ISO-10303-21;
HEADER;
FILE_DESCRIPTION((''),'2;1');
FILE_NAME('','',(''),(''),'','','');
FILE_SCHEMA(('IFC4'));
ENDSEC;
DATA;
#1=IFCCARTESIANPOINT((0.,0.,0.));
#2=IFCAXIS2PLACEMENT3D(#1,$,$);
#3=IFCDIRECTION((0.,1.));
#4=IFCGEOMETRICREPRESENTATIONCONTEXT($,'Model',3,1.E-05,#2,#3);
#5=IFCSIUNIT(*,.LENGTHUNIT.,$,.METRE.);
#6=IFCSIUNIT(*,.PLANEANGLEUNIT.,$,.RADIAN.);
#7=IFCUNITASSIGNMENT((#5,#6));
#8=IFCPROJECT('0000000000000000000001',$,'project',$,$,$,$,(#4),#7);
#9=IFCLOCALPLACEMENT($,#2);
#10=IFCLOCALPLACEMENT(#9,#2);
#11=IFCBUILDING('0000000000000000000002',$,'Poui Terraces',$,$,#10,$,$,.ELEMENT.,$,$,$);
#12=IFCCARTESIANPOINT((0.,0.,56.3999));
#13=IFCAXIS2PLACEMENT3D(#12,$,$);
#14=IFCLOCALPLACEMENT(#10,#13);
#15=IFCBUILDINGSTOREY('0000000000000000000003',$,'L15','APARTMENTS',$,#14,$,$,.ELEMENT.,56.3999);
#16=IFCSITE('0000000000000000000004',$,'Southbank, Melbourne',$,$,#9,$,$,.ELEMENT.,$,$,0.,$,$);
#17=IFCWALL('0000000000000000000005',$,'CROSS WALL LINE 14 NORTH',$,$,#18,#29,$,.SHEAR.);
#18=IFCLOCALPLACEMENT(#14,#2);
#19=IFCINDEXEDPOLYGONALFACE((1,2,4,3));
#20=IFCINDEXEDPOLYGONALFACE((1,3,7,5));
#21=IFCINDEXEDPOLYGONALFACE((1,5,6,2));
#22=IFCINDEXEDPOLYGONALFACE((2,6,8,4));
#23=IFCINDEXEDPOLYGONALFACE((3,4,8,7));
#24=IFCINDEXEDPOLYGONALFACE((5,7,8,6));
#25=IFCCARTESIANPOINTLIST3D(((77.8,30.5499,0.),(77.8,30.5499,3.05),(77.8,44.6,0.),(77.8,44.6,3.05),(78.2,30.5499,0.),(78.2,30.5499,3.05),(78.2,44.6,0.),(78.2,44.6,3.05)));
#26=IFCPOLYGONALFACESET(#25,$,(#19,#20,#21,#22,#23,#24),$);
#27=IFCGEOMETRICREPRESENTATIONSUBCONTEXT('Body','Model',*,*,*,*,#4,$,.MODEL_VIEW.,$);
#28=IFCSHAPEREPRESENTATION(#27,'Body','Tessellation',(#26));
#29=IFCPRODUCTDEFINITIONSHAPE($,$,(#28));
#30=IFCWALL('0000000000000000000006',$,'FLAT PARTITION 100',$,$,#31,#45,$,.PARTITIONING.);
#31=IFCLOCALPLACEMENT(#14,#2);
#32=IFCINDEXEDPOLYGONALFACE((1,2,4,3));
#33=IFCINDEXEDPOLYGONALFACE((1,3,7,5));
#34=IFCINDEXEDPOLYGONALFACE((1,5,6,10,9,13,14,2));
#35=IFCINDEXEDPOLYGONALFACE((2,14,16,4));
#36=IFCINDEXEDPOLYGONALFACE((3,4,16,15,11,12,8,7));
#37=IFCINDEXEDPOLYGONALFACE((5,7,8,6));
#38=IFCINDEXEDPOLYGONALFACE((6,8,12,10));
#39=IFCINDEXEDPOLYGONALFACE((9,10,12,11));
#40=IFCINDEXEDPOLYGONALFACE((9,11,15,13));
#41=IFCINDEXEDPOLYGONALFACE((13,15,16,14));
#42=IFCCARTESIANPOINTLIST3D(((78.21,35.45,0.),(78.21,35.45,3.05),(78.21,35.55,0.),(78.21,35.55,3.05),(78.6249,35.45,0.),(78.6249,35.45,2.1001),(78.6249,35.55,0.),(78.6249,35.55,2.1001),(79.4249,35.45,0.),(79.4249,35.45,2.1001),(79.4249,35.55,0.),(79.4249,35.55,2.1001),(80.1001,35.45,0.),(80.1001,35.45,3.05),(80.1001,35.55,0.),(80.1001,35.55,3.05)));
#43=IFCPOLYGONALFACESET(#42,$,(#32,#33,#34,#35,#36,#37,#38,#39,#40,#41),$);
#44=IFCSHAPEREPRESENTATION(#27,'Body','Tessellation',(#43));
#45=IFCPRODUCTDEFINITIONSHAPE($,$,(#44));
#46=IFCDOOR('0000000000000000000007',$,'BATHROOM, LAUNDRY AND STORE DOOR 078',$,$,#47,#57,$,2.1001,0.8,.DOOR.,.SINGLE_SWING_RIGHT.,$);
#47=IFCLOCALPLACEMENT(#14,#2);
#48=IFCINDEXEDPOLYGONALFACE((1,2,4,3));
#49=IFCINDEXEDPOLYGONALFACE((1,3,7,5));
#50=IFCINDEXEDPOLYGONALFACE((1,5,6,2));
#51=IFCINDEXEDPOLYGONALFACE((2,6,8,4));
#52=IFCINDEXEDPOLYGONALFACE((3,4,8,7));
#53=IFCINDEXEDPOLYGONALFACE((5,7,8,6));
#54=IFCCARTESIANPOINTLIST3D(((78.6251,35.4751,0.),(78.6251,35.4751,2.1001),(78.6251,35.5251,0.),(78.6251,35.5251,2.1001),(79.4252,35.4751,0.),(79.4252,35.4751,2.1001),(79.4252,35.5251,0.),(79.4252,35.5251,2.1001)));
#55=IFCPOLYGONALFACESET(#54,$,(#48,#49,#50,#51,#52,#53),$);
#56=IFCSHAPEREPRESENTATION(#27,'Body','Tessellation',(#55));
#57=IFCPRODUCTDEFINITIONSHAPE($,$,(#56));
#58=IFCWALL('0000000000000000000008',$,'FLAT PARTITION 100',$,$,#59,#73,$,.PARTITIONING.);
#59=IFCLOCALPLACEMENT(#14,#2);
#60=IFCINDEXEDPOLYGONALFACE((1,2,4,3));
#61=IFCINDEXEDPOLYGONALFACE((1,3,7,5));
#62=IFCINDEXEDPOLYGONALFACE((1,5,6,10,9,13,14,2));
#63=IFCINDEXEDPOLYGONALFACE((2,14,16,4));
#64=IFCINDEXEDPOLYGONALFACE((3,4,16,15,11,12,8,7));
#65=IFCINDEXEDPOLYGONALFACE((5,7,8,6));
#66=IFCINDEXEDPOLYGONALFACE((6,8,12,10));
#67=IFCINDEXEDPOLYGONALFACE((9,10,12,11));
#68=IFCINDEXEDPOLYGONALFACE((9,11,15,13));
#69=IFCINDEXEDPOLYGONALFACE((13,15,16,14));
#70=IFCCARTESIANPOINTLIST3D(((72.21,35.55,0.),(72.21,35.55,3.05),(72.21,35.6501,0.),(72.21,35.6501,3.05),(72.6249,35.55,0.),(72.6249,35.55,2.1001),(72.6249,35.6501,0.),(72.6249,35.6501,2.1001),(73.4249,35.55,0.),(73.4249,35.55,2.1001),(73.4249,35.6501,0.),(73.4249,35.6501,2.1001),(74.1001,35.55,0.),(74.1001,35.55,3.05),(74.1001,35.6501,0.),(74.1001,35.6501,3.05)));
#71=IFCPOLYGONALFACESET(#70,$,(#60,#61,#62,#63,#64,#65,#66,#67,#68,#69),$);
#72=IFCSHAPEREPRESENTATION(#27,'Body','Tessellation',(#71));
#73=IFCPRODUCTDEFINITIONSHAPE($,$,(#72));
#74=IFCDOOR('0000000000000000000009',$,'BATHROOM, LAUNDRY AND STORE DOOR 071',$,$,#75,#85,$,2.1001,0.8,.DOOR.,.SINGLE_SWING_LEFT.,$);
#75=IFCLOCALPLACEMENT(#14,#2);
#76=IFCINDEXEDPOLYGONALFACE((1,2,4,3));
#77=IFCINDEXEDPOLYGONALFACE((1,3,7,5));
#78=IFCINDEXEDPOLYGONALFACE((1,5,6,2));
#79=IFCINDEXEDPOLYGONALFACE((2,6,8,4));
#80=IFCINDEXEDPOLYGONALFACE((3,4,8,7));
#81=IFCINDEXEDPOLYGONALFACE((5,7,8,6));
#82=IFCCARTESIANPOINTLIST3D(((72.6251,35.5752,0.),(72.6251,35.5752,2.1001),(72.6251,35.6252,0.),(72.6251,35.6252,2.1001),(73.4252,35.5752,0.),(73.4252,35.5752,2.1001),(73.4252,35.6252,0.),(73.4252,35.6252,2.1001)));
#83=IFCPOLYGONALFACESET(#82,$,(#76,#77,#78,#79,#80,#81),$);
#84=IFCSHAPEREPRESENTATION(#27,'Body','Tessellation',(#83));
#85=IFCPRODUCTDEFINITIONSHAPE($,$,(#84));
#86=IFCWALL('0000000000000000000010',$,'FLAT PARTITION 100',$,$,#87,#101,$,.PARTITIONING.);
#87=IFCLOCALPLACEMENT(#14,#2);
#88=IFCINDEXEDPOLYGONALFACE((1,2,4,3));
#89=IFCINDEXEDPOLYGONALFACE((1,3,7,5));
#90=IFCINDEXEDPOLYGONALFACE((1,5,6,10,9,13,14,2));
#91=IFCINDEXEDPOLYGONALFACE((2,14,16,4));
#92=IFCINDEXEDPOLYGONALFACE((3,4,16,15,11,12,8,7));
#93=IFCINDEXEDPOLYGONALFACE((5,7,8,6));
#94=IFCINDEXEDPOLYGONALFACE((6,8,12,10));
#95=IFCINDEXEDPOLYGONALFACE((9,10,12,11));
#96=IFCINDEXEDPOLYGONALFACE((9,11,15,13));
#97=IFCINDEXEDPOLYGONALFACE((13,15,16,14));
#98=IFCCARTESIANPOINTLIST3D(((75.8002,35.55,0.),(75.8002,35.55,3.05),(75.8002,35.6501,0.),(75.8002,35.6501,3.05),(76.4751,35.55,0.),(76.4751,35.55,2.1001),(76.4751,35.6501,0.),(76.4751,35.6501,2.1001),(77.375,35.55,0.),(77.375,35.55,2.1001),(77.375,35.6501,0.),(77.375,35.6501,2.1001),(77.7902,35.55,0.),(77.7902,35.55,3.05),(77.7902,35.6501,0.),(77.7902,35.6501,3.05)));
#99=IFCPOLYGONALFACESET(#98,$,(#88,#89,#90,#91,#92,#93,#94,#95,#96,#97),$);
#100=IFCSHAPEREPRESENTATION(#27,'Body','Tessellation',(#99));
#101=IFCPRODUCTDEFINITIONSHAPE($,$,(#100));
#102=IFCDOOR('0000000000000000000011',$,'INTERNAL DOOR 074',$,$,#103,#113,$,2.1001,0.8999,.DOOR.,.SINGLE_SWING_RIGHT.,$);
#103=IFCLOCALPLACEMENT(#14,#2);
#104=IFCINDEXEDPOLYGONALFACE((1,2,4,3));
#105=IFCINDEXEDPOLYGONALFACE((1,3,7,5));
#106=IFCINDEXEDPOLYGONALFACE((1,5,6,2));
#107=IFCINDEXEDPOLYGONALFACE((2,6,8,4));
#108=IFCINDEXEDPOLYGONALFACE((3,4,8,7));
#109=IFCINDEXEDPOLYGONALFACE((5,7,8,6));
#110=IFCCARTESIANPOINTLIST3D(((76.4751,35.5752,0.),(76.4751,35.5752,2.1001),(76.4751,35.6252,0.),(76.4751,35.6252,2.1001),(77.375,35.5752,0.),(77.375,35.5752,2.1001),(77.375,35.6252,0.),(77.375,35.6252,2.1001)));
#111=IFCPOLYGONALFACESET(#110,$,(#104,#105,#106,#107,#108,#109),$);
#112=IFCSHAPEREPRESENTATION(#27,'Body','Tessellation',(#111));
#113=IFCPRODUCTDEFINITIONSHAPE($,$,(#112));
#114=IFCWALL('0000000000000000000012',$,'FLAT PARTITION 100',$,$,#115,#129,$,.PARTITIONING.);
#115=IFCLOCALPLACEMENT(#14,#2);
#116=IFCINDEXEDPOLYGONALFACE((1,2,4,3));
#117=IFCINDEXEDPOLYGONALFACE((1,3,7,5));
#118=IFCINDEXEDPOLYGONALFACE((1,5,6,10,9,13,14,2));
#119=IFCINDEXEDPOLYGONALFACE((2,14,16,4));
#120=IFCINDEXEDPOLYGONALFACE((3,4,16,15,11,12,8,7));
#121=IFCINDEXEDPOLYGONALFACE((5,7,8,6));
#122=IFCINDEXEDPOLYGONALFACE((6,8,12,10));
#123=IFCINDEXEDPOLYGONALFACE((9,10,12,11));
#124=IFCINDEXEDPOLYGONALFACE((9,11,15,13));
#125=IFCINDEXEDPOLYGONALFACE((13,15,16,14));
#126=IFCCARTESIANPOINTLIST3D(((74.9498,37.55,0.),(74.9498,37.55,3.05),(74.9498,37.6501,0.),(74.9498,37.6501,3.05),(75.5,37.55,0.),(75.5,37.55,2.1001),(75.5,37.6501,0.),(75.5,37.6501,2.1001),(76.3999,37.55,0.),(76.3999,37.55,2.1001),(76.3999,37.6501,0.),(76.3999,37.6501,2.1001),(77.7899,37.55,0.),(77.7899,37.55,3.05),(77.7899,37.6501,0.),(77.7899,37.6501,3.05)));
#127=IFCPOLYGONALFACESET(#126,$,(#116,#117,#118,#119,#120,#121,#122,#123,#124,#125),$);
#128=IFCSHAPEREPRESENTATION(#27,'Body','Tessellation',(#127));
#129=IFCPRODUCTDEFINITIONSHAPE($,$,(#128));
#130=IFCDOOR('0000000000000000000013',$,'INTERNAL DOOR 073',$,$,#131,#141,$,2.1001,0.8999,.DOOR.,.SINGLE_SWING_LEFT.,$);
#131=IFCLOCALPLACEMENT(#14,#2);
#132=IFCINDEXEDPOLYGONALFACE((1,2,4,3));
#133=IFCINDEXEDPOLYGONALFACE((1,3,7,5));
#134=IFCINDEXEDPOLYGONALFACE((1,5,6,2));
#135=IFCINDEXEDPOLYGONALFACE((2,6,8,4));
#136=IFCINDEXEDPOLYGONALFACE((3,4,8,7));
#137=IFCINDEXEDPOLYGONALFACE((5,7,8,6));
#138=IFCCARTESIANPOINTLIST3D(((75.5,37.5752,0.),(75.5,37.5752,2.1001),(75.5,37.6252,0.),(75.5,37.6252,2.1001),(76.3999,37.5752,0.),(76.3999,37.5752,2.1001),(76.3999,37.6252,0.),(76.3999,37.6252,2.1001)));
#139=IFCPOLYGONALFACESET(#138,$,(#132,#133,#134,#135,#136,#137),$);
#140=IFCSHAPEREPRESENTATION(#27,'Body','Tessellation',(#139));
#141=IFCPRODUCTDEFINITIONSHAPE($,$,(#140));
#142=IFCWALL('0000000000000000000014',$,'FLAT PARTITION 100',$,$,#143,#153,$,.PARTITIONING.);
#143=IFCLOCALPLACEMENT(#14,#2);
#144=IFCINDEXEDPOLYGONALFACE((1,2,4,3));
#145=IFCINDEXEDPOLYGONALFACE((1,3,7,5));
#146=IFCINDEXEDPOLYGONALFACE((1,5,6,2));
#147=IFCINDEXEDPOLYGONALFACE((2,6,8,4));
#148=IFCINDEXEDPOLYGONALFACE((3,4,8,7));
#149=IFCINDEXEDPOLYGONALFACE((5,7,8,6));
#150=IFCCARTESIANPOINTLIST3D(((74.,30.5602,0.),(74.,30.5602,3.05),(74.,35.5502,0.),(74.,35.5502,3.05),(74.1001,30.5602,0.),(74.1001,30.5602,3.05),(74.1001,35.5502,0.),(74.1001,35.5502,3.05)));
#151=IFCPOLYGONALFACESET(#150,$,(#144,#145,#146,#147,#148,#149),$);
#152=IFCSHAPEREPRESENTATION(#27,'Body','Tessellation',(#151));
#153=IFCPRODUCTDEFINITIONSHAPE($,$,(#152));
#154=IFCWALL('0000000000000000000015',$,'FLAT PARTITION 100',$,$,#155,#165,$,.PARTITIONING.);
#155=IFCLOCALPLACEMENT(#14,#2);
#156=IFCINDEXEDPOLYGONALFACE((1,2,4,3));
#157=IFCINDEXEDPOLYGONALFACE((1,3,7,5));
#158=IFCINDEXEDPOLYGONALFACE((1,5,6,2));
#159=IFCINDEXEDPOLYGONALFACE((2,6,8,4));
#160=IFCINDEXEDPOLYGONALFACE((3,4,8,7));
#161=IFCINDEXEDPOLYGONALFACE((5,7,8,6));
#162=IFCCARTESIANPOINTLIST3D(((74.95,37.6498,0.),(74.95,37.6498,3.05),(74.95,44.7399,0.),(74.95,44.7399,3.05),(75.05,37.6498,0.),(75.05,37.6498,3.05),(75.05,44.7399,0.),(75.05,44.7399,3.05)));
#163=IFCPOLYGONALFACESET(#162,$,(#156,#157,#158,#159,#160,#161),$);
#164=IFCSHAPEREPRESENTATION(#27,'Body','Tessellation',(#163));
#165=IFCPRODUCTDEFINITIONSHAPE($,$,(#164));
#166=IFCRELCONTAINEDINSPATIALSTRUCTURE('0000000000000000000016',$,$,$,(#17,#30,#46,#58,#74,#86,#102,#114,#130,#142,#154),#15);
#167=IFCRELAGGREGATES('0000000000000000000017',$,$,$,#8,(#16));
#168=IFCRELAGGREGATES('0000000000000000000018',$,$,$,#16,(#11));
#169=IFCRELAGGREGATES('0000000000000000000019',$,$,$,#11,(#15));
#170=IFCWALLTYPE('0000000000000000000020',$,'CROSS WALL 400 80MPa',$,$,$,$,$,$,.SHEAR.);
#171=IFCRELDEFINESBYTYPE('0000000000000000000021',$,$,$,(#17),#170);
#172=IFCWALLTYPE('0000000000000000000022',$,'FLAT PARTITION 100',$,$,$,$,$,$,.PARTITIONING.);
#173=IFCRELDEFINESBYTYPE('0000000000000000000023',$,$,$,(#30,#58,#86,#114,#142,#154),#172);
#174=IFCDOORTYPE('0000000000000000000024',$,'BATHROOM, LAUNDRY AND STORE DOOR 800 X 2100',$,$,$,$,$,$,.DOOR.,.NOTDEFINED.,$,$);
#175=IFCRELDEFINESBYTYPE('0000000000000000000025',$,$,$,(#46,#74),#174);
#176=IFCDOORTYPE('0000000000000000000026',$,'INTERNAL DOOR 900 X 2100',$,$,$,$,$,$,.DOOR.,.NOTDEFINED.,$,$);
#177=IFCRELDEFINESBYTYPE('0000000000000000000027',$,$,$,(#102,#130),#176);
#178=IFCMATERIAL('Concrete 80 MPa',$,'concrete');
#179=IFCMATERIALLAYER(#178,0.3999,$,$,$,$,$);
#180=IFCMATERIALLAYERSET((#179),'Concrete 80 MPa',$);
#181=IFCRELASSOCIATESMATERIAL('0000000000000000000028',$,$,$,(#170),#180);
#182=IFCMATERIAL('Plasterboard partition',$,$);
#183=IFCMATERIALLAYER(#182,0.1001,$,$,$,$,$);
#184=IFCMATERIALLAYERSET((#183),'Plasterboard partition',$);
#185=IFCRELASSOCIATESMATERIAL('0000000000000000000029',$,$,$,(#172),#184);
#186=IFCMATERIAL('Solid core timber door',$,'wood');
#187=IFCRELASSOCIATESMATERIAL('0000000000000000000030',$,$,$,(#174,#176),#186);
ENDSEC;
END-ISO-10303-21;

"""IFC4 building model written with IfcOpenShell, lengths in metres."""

from ifc_helpers import new_model, si_unit, direction, frame, frame_2d, origin, place, context, subcontext, project, spatial, rectangle, extrude, material, layer, layer_set, type_object, element, fill, save


model = new_model("IFC4")

# Units and contexts
model_context = context("Model", 3, precision=1e-05, world=origin(), true_north=direction((0.0, 1.0)))
body_context = subcontext(model_context, "Body", "Model", "MODEL_VIEW")
ifc_project = project(units=[si_unit("LENGTHUNIT", "METRE"), si_unit("PLANEANGLEUNIT", "RADIAN")], contexts=[model_context])

# Site, building, storey
site_placement = place(None, origin())
site = spatial("IfcSite", under=ifc_project, at=site_placement, Name="Southbank, Melbourne", CompositionType="ELEMENT", RefElevation=0.0)
building_placement = place(site_placement, origin())
building = spatial("IfcBuilding", under=site, at=building_placement, Name="Poui Terraces", CompositionType="ELEMENT")
storey_placement = place(building_placement, frame((0.0, 0.0, 56.3999)))
storey = spatial("IfcBuildingStorey", under=building, at=storey_placement, Name="L15", Description="APARTMENTS", CompositionType="ELEMENT", Elevation=56.3999)

# Wall
ifc_material_1 = material(Name="Concrete 80 MPa", Category="concrete")
ifc_layer_1 = layer(ifc_material_1, 0.3999)
ifc_layer_set_1 = layer_set([ifc_layer_1], Name="Concrete 80 MPa")
wall_type_1 = type_object("IfcWallType", Name="CROSS WALL 400 80MPa", PredefinedType="SHEAR", material=ifc_layer_set_1)
wall_1_placement = place(storey_placement, frame((78.0, 30.55, 0.0), z_axis=(0.0, 0.0, 1.0), x_axis=(0.0, 1.0, 0.0)))
element("IfcWall", 1, at=wall_1_placement, inside=storey, type_object=wall_type_1, Name="CROSS WALL LINE 14 NORTH", PredefinedType="SHEAR", context=body_context, shape_type="SweptSolid", body=[
    extrude(rectangle(XDim=14.05, YDim=0.3999, at=frame_2d((7.0249, 0.0))), origin(), (0.0, 0.0, 1.0), 3.05),
])

# Walls, openings, doors
ifc_material_2 = material(Name="Plasterboard partition")
ifc_layer_2 = layer(ifc_material_2, 0.1001)
ifc_layer_set_2 = layer_set([ifc_layer_2], Name="Plasterboard partition")
wall_type_2 = type_object("IfcWallType", Name="FLAT PARTITION 100", PredefinedType="PARTITIONING", material=ifc_layer_set_2)
wall_2_placement = place(storey_placement, frame((78.21, 35.5, 0.0), z_axis=(0.0, 0.0, 1.0), x_axis=(1.0, 0.0, 0.0)))
wall_2 = element("IfcWall", 2, at=wall_2_placement, inside=storey, type_object=wall_type_2, Name="FLAT PARTITION 100", PredefinedType="PARTITIONING", context=body_context, shape_type="SweptSolid", body=[
    extrude(rectangle(XDim=1.8901, YDim=0.1001, at=frame_2d((0.9451, 0.0))), origin(), (0.0, 0.0, 1.0), 3.05),
])
opening_1_placement = place(wall_2_placement, frame((0.415, 0.0, 0.0)))
opening_1 = element("IfcOpeningElement", 3, at=opening_1_placement, cuts=wall_2, PredefinedType="OPENING", context=body_context, shape_type="SweptSolid", body=[
    extrude(rectangle(XDim=0.8, YDim=2.1001, at=frame_2d((0.3999, 1.05))), frame((0.0, 0.0601, 0.0), z_axis=(0.0, -1.0, 0.0), x_axis=(1.0, 0.0, 0.0)), (0.0, 0.0, 1.0), 0.1201),
])
ifc_material_3 = material(Name="Solid core timber door", Category="wood")
door_type_1 = type_object("IfcDoorType", Name="BATHROOM, LAUNDRY AND STORE DOOR 800 X 2100", OperationType="NOTDEFINED", PredefinedType="DOOR", material=ifc_material_3)
door_1_placement = place(opening_1_placement, frame((0.8, 0.0, 0.0), z_axis=(0.0, 0.0, 1.0), x_axis=(-1.0, 0.0, 0.0)))
door_1 = element("IfcDoor", 4, at=door_1_placement, inside=storey, type_object=door_type_1, Name="BATHROOM, LAUNDRY AND STORE DOOR 078", OperationType="SINGLE_SWING_RIGHT", OverallHeight=2.1001, OverallWidth=0.8, PredefinedType="DOOR", context=body_context, shape_type="SweptSolid", body=[
    extrude(rectangle(XDim=0.8, YDim=2.1001, at=frame_2d((0.3999, 1.05))), frame((0.0, 0.0249, 0.0), z_axis=(0.0, -1.0, 0.0), x_axis=(1.0, 0.0, 0.0)), (0.0, 0.0, 1.0), 0.05),
])
fill(opening_1, door_1)
wall_3_placement = place(storey_placement, frame((72.21, 35.6001, 0.0), z_axis=(0.0, 0.0, 1.0), x_axis=(1.0, 0.0, 0.0)))
wall_3 = element("IfcWall", 5, at=wall_3_placement, inside=storey, type_object=wall_type_2, Name="FLAT PARTITION 100", PredefinedType="PARTITIONING", context=body_context, shape_type="SweptSolid", body=[
    extrude(rectangle(XDim=1.8901, YDim=0.1001, at=frame_2d((0.9451, 0.0))), origin(), (0.0, 0.0, 1.0), 3.05),
])
opening_2_placement = place(wall_3_placement, frame((0.415, 0.0, 0.0)))
opening_2 = element("IfcOpeningElement", 6, at=opening_2_placement, cuts=wall_3, PredefinedType="OPENING", context=body_context, shape_type="SweptSolid", body=[
    extrude(rectangle(XDim=0.8, YDim=2.1001, at=frame_2d((0.3999, 1.05))), frame((0.0, 0.0601, 0.0), z_axis=(0.0, -1.0, 0.0), x_axis=(1.0, 0.0, 0.0)), (0.0, 0.0, 1.0), 0.1201),
])
door_2_placement = place(opening_2_placement, frame((0.8, 0.0, 0.0), z_axis=(0.0, 0.0, 1.0), x_axis=(-1.0, 0.0, 0.0)))
door_2 = element("IfcDoor", 7, at=door_2_placement, inside=storey, type_object=door_type_1, Name="BATHROOM, LAUNDRY AND STORE DOOR 071", OperationType="SINGLE_SWING_LEFT", OverallHeight=2.1001, OverallWidth=0.8, PredefinedType="DOOR", context=body_context, shape_type="SweptSolid", body=[
    extrude(rectangle(XDim=0.8, YDim=2.1001, at=frame_2d((0.3999, 1.05))), frame((0.0, 0.0249, 0.0), z_axis=(0.0, -1.0, 0.0), x_axis=(1.0, 0.0, 0.0)), (0.0, 0.0, 1.0), 0.05),
])
fill(opening_2, door_2)
wall_4_placement = place(storey_placement, frame((75.8, 35.6001, 0.0), z_axis=(0.0, 0.0, 1.0), x_axis=(1.0, 0.0, 0.0)))
wall_4 = element("IfcWall", 8, at=wall_4_placement, inside=storey, type_object=wall_type_2, Name="FLAT PARTITION 100", PredefinedType="PARTITIONING", context=body_context, shape_type="SweptSolid", body=[
    extrude(rectangle(XDim=1.99, YDim=0.1001, at=frame_2d((0.9951, 0.0))), origin(), (0.0, 0.0, 1.0), 3.05),
])
opening_3_placement = place(wall_4_placement, frame((0.675, 0.0, 0.0)))
opening_3 = element("IfcOpeningElement", 9, at=opening_3_placement, cuts=wall_4, PredefinedType="OPENING", context=body_context, shape_type="SweptSolid", body=[
    extrude(rectangle(XDim=0.8999, YDim=2.1001, at=frame_2d((0.45, 1.05))), frame((0.0, 0.0601, 0.0), z_axis=(0.0, -1.0, 0.0), x_axis=(1.0, 0.0, 0.0)), (0.0, 0.0, 1.0), 0.1201),
])
door_type_2 = type_object("IfcDoorType", Name="INTERNAL DOOR 900 X 2100", OperationType="NOTDEFINED", PredefinedType="DOOR", material=ifc_material_3)
door_3_placement = place(opening_3_placement, frame((0.8999, 0.0, 0.0), z_axis=(0.0, 0.0, 1.0), x_axis=(-1.0, 0.0, 0.0)))
door_3 = element("IfcDoor", 10, at=door_3_placement, inside=storey, type_object=door_type_2, Name="INTERNAL DOOR 074", OperationType="SINGLE_SWING_RIGHT", OverallHeight=2.1001, OverallWidth=0.8999, PredefinedType="DOOR", context=body_context, shape_type="SweptSolid", body=[
    extrude(rectangle(XDim=0.8999, YDim=2.1001, at=frame_2d((0.45, 1.05))), frame((0.0, 0.0249, 0.0), z_axis=(0.0, -1.0, 0.0), x_axis=(1.0, 0.0, 0.0)), (0.0, 0.0, 1.0), 0.05),
])
fill(opening_3, door_3)
wall_5_placement = place(storey_placement, frame((74.95, 37.6001, 0.0), z_axis=(0.0, 0.0, 1.0), x_axis=(1.0, 0.0, 0.0)))
wall_5 = element("IfcWall", 11, at=wall_5_placement, inside=storey, type_object=wall_type_2, Name="FLAT PARTITION 100", PredefinedType="PARTITIONING", context=body_context, shape_type="SweptSolid", body=[
    extrude(rectangle(XDim=2.8401, YDim=0.1001, at=frame_2d((1.4199, 0.0))), origin(), (0.0, 0.0, 1.0), 3.05),
])
opening_4_placement = place(wall_5_placement, frame((0.55, 0.0, 0.0)))
opening_4 = element("IfcOpeningElement", 12, at=opening_4_placement, cuts=wall_5, PredefinedType="OPENING", context=body_context, shape_type="SweptSolid", body=[
    extrude(rectangle(XDim=0.8999, YDim=2.1001, at=frame_2d((0.45, 1.05))), frame((0.0, 0.0601, 0.0), z_axis=(0.0, -1.0, 0.0), x_axis=(1.0, 0.0, 0.0)), (0.0, 0.0, 1.0), 0.1201),
])
door_4_placement = place(opening_4_placement, frame((0.8999, 0.0, 0.0), z_axis=(0.0, 0.0, 1.0), x_axis=(-1.0, 0.0, 0.0)))
door_4 = element("IfcDoor", 13, at=door_4_placement, inside=storey, type_object=door_type_2, Name="INTERNAL DOOR 073", OperationType="SINGLE_SWING_LEFT", OverallHeight=2.1001, OverallWidth=0.8999, PredefinedType="DOOR", context=body_context, shape_type="SweptSolid", body=[
    extrude(rectangle(XDim=0.8999, YDim=2.1001, at=frame_2d((0.45, 1.05))), frame((0.0, 0.0249, 0.0), z_axis=(0.0, -1.0, 0.0), x_axis=(1.0, 0.0, 0.0)), (0.0, 0.0, 1.0), 0.05),
])
fill(opening_4, door_4)

# Walls
wall_6_placement = place(storey_placement, frame((74.05, 30.5601, 0.0), z_axis=(0.0, 0.0, 1.0), x_axis=(0.0, 1.0, 0.0)))
element("IfcWall", 14, at=wall_6_placement, inside=storey, type_object=wall_type_2, Name="FLAT PARTITION 100", PredefinedType="PARTITIONING", context=body_context, shape_type="SweptSolid", body=[
    extrude(rectangle(XDim=4.99, YDim=0.1001, at=frame_2d((2.4951, 0.0))), origin(), (0.0, 0.0, 1.0), 3.05),
])
wall_7_placement = place(storey_placement, frame((75.0, 37.6499, 0.0), z_axis=(0.0, 0.0, 1.0), x_axis=(0.0, 1.0, 0.0)))
element("IfcWall", 15, at=wall_7_placement, inside=storey, type_object=wall_type_2, Name="FLAT PARTITION 100", PredefinedType="PARTITIONING", context=body_context, shape_type="SweptSolid", body=[
    extrude(rectangle(XDim=7.0901, YDim=0.1001, at=frame_2d((3.5449, 0.0))), origin(), (0.0, 0.0, 1.0), 3.05),
])

save(model, "model.ifc")
